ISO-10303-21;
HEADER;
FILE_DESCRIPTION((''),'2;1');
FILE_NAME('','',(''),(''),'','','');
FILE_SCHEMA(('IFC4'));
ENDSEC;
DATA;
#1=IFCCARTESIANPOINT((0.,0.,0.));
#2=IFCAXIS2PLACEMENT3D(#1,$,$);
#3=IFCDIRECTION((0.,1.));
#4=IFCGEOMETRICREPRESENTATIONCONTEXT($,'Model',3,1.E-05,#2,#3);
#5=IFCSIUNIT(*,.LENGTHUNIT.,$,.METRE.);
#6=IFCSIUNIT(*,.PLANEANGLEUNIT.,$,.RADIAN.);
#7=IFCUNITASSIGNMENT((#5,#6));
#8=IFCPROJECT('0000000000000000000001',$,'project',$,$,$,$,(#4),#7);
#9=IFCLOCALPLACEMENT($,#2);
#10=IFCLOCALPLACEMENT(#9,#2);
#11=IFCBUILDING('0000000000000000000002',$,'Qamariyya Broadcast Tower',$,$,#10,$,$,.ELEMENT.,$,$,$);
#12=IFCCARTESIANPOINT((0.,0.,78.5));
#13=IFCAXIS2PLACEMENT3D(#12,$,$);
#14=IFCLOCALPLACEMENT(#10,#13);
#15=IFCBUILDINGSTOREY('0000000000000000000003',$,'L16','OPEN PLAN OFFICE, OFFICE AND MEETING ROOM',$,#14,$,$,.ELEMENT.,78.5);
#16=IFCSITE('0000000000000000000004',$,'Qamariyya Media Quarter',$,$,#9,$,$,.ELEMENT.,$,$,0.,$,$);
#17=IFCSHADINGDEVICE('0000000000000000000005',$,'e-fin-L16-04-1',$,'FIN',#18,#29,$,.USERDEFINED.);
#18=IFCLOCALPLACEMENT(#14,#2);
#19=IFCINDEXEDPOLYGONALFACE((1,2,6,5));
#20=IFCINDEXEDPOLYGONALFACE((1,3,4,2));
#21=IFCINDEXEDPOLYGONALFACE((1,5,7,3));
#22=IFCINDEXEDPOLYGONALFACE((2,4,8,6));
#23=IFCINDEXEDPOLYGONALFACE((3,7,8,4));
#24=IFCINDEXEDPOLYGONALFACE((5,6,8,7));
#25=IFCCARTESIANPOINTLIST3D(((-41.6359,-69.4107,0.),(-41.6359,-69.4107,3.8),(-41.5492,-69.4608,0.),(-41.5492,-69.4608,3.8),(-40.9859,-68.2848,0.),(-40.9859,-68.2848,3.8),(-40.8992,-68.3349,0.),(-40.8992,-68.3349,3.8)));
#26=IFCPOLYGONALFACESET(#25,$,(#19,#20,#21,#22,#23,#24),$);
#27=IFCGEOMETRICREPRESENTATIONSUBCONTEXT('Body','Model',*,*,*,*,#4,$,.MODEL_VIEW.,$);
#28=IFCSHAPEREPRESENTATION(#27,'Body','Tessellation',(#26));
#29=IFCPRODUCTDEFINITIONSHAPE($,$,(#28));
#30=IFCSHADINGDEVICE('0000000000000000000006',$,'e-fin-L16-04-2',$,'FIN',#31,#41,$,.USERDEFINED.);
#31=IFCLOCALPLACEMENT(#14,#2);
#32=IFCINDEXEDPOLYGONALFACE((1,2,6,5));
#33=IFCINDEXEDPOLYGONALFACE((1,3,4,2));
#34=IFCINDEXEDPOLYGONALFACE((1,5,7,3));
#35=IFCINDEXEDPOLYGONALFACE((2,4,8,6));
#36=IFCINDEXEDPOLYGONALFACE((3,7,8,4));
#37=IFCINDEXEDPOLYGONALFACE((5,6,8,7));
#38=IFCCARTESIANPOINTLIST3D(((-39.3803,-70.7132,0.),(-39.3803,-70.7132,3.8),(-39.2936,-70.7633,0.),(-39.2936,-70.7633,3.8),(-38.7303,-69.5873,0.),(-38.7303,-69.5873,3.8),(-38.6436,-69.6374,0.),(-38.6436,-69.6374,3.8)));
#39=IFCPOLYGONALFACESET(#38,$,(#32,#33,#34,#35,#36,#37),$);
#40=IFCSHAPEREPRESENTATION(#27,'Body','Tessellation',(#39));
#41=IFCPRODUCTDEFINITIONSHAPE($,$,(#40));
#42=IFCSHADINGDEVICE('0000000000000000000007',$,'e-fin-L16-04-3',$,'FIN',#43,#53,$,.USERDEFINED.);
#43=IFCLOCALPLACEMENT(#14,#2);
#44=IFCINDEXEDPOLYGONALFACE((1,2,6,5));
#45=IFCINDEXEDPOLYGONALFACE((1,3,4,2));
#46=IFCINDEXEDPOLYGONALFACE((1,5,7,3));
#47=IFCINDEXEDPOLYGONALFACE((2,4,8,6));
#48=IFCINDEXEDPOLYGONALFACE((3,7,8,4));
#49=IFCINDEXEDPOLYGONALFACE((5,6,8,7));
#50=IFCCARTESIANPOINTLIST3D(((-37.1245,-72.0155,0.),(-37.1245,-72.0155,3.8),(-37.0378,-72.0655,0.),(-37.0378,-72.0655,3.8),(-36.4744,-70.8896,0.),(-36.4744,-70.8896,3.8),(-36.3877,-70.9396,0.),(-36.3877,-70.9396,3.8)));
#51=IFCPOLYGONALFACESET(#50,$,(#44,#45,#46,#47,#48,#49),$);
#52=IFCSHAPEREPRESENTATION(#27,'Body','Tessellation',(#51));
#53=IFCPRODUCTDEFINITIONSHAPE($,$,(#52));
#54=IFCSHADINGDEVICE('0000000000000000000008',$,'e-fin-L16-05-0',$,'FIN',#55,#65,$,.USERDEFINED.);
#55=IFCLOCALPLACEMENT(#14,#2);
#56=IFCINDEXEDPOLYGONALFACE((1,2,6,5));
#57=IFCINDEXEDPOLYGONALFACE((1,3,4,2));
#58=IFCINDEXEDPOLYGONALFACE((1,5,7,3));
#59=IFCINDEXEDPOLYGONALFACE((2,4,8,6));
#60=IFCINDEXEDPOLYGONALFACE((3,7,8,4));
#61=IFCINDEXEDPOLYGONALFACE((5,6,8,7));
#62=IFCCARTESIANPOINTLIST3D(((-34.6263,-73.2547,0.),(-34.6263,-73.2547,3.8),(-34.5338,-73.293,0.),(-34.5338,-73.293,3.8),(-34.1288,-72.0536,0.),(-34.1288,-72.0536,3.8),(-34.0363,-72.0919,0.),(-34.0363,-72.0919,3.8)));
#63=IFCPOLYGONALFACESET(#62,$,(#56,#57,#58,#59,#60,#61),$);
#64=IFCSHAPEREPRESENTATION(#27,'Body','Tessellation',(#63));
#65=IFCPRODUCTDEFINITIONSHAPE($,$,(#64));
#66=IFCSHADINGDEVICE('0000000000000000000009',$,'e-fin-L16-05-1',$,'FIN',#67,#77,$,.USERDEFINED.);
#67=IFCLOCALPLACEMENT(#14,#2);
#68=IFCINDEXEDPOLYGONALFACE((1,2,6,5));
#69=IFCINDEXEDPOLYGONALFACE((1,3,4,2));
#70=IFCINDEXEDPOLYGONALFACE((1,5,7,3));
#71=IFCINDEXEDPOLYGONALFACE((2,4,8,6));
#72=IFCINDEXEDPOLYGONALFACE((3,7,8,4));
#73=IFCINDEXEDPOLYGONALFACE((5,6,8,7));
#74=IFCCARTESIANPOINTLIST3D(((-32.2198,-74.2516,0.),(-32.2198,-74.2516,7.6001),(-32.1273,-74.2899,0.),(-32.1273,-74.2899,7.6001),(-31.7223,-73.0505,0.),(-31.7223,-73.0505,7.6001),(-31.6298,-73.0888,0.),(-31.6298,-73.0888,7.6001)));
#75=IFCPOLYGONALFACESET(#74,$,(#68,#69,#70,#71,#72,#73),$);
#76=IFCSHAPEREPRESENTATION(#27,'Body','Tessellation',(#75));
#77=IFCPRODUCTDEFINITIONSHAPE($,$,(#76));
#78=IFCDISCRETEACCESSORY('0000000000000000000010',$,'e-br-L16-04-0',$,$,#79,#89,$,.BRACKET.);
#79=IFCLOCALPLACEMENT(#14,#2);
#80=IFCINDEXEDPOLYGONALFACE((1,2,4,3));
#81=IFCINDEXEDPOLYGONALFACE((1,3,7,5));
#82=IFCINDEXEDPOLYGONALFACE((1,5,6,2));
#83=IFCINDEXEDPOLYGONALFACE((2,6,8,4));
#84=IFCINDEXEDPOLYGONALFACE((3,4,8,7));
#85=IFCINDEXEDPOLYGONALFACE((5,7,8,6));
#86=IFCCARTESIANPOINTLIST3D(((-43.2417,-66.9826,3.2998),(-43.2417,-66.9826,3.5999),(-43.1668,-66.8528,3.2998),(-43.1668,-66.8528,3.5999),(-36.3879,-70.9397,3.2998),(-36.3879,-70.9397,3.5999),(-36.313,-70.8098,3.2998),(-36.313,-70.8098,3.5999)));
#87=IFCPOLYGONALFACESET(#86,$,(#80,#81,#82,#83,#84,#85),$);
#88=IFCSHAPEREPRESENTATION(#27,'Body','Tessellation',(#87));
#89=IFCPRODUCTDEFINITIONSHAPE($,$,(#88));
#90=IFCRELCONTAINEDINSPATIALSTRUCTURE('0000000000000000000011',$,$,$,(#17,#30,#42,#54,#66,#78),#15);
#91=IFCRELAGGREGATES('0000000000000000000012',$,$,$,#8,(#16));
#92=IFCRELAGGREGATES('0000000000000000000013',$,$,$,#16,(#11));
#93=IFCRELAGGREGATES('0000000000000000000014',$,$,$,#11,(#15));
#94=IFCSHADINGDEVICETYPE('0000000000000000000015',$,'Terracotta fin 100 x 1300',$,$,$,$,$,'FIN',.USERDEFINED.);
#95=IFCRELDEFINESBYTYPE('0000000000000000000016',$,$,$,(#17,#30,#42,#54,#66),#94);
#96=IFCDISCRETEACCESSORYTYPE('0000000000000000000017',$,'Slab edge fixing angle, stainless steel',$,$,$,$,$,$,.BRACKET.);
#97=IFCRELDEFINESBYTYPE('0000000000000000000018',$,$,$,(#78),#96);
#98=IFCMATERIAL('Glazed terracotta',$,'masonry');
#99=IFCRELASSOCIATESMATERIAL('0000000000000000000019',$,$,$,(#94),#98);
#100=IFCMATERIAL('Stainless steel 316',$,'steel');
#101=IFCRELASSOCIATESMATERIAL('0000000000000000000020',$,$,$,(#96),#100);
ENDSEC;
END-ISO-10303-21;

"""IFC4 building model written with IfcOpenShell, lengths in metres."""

from ifc_helpers import new_model, si_unit, direction, frame, origin, origin_2d, place, context, subcontext, project, spatial, rectangle, extrude, material, material_profile, profile_set, type_object, element, save


model = new_model("IFC4")

# Units and contexts
model_context = context("Model", 3, precision=1e-05, world=origin(), true_north=direction((0.0, 1.0)))
body_context = subcontext(model_context, "Body", "Model", "MODEL_VIEW")
ifc_project = project(units=[si_unit("LENGTHUNIT", "METRE"), si_unit("PLANEANGLEUNIT", "RADIAN")], contexts=[model_context])

# Site, building, storey
site_placement = place(None, origin())
site = spatial("IfcSite", under=ifc_project, at=site_placement, Name="Qamariyya Media Quarter", CompositionType="ELEMENT", RefElevation=0.0)
building_placement = place(site_placement, origin())
building = spatial("IfcBuilding", under=site, at=building_placement, Name="Qamariyya Broadcast Tower", CompositionType="ELEMENT")
storey_placement = place(building_placement, frame((0.0, 0.0, 78.5)))
storey = spatial("IfcBuildingStorey", under=building, at=storey_placement, Name="L16", Description="OPEN PLAN OFFICE, OFFICE AND MEETING ROOM", CompositionType="ELEMENT", Elevation=78.5)

# Shading devices
ifc_material_1 = material(Name="Glazed terracotta", Category="masonry")
ifc_material_profile_1 = material_profile(ifc_material_1, rectangle(XDim=1.3, YDim=0.1001, at=origin_2d()))
ifc_profile_set_1 = profile_set([ifc_material_profile_1], Name="Glazed terracotta")
shading_device_type_1 = type_object("IfcShadingDeviceType", Name="Terracotta fin 100 x 1300", ElementType="FIN", PredefinedType="USERDEFINED", material=ifc_profile_set_1)
for number, where, z_axis, x_axis, name in (
    (1, (-41.2676, -68.8728, 0.0), (0.0, 0.0, 1.0), (-0.5, -0.866025, 0.0), "e-fin-L16-04-1"),
    (2, (-39.012, -70.1753, 0.0), (0.0, 0.0, 1.0), (-0.5, -0.866025, 0.0), "e-fin-L16-04-2"),
    (3, (-36.7561, -71.4775, 0.0), (0.0, 0.0, 1.0), (-0.5, -0.866025, 0.0), "e-fin-L16-04-3"),
    (4, (-34.3313, -72.6733, 0.0), (0.0, 0.0, 1.0), (-0.382683, -0.92388, 0.0), "e-fin-L16-05-0"),
):
    element("IfcShadingDevice", number, at=place(storey_placement, frame(where, z_axis=z_axis, x_axis=x_axis)), inside=storey, type_object=shading_device_type_1, Name=name, ObjectType="FIN", PredefinedType="USERDEFINED", context=body_context, shape_type="SweptSolid", body=[
        extrude(rectangle(XDim=1.3, YDim=0.1001, at=origin_2d()), origin(), (0.0, 0.0, 1.0), 3.8),
    ])
shading_device_1_placement = place(storey_placement, frame((-31.9248, -73.6702, 0.0), z_axis=(0.0, 0.0, 1.0), x_axis=(-0.382683, -0.92388, 0.0)))
element("IfcShadingDevice", 5, at=shading_device_1_placement, inside=storey, type_object=shading_device_type_1, Name="e-fin-L16-05-1", ObjectType="FIN", PredefinedType="USERDEFINED", context=body_context, shape_type="SweptSolid", body=[
    extrude(rectangle(XDim=1.3, YDim=0.1001, at=origin_2d()), origin(), (0.0, 0.0, 1.0), 7.6001),
])

# Discrete accessory
ifc_material_2 = material(Name="Stainless steel 316", Category="steel")
discrete_accessory_type = type_object("IfcDiscreteAccessoryType", Name="Slab edge fixing angle, stainless steel", PredefinedType="BRACKET", material=ifc_material_2)
discrete_accessory_placement = place(storey_placement, frame((-39.7773, -68.8962, 3.2998), z_axis=(0.0, 0.0, 1.0), x_axis=(0.866025, -0.5, 0.0)))
element("IfcDiscreteAccessory", 6, at=discrete_accessory_placement, inside=storey, type_object=discrete_accessory_type, Name="e-br-L16-04-0", PredefinedType="BRACKET", context=body_context, shape_type="SweptSolid", body=[
    extrude(rectangle(XDim=7.9141, YDim=0.1499, at=origin_2d()), origin(), (0.0, 0.0, 1.0), 0.3),
])

save(model, "model.ifc")
